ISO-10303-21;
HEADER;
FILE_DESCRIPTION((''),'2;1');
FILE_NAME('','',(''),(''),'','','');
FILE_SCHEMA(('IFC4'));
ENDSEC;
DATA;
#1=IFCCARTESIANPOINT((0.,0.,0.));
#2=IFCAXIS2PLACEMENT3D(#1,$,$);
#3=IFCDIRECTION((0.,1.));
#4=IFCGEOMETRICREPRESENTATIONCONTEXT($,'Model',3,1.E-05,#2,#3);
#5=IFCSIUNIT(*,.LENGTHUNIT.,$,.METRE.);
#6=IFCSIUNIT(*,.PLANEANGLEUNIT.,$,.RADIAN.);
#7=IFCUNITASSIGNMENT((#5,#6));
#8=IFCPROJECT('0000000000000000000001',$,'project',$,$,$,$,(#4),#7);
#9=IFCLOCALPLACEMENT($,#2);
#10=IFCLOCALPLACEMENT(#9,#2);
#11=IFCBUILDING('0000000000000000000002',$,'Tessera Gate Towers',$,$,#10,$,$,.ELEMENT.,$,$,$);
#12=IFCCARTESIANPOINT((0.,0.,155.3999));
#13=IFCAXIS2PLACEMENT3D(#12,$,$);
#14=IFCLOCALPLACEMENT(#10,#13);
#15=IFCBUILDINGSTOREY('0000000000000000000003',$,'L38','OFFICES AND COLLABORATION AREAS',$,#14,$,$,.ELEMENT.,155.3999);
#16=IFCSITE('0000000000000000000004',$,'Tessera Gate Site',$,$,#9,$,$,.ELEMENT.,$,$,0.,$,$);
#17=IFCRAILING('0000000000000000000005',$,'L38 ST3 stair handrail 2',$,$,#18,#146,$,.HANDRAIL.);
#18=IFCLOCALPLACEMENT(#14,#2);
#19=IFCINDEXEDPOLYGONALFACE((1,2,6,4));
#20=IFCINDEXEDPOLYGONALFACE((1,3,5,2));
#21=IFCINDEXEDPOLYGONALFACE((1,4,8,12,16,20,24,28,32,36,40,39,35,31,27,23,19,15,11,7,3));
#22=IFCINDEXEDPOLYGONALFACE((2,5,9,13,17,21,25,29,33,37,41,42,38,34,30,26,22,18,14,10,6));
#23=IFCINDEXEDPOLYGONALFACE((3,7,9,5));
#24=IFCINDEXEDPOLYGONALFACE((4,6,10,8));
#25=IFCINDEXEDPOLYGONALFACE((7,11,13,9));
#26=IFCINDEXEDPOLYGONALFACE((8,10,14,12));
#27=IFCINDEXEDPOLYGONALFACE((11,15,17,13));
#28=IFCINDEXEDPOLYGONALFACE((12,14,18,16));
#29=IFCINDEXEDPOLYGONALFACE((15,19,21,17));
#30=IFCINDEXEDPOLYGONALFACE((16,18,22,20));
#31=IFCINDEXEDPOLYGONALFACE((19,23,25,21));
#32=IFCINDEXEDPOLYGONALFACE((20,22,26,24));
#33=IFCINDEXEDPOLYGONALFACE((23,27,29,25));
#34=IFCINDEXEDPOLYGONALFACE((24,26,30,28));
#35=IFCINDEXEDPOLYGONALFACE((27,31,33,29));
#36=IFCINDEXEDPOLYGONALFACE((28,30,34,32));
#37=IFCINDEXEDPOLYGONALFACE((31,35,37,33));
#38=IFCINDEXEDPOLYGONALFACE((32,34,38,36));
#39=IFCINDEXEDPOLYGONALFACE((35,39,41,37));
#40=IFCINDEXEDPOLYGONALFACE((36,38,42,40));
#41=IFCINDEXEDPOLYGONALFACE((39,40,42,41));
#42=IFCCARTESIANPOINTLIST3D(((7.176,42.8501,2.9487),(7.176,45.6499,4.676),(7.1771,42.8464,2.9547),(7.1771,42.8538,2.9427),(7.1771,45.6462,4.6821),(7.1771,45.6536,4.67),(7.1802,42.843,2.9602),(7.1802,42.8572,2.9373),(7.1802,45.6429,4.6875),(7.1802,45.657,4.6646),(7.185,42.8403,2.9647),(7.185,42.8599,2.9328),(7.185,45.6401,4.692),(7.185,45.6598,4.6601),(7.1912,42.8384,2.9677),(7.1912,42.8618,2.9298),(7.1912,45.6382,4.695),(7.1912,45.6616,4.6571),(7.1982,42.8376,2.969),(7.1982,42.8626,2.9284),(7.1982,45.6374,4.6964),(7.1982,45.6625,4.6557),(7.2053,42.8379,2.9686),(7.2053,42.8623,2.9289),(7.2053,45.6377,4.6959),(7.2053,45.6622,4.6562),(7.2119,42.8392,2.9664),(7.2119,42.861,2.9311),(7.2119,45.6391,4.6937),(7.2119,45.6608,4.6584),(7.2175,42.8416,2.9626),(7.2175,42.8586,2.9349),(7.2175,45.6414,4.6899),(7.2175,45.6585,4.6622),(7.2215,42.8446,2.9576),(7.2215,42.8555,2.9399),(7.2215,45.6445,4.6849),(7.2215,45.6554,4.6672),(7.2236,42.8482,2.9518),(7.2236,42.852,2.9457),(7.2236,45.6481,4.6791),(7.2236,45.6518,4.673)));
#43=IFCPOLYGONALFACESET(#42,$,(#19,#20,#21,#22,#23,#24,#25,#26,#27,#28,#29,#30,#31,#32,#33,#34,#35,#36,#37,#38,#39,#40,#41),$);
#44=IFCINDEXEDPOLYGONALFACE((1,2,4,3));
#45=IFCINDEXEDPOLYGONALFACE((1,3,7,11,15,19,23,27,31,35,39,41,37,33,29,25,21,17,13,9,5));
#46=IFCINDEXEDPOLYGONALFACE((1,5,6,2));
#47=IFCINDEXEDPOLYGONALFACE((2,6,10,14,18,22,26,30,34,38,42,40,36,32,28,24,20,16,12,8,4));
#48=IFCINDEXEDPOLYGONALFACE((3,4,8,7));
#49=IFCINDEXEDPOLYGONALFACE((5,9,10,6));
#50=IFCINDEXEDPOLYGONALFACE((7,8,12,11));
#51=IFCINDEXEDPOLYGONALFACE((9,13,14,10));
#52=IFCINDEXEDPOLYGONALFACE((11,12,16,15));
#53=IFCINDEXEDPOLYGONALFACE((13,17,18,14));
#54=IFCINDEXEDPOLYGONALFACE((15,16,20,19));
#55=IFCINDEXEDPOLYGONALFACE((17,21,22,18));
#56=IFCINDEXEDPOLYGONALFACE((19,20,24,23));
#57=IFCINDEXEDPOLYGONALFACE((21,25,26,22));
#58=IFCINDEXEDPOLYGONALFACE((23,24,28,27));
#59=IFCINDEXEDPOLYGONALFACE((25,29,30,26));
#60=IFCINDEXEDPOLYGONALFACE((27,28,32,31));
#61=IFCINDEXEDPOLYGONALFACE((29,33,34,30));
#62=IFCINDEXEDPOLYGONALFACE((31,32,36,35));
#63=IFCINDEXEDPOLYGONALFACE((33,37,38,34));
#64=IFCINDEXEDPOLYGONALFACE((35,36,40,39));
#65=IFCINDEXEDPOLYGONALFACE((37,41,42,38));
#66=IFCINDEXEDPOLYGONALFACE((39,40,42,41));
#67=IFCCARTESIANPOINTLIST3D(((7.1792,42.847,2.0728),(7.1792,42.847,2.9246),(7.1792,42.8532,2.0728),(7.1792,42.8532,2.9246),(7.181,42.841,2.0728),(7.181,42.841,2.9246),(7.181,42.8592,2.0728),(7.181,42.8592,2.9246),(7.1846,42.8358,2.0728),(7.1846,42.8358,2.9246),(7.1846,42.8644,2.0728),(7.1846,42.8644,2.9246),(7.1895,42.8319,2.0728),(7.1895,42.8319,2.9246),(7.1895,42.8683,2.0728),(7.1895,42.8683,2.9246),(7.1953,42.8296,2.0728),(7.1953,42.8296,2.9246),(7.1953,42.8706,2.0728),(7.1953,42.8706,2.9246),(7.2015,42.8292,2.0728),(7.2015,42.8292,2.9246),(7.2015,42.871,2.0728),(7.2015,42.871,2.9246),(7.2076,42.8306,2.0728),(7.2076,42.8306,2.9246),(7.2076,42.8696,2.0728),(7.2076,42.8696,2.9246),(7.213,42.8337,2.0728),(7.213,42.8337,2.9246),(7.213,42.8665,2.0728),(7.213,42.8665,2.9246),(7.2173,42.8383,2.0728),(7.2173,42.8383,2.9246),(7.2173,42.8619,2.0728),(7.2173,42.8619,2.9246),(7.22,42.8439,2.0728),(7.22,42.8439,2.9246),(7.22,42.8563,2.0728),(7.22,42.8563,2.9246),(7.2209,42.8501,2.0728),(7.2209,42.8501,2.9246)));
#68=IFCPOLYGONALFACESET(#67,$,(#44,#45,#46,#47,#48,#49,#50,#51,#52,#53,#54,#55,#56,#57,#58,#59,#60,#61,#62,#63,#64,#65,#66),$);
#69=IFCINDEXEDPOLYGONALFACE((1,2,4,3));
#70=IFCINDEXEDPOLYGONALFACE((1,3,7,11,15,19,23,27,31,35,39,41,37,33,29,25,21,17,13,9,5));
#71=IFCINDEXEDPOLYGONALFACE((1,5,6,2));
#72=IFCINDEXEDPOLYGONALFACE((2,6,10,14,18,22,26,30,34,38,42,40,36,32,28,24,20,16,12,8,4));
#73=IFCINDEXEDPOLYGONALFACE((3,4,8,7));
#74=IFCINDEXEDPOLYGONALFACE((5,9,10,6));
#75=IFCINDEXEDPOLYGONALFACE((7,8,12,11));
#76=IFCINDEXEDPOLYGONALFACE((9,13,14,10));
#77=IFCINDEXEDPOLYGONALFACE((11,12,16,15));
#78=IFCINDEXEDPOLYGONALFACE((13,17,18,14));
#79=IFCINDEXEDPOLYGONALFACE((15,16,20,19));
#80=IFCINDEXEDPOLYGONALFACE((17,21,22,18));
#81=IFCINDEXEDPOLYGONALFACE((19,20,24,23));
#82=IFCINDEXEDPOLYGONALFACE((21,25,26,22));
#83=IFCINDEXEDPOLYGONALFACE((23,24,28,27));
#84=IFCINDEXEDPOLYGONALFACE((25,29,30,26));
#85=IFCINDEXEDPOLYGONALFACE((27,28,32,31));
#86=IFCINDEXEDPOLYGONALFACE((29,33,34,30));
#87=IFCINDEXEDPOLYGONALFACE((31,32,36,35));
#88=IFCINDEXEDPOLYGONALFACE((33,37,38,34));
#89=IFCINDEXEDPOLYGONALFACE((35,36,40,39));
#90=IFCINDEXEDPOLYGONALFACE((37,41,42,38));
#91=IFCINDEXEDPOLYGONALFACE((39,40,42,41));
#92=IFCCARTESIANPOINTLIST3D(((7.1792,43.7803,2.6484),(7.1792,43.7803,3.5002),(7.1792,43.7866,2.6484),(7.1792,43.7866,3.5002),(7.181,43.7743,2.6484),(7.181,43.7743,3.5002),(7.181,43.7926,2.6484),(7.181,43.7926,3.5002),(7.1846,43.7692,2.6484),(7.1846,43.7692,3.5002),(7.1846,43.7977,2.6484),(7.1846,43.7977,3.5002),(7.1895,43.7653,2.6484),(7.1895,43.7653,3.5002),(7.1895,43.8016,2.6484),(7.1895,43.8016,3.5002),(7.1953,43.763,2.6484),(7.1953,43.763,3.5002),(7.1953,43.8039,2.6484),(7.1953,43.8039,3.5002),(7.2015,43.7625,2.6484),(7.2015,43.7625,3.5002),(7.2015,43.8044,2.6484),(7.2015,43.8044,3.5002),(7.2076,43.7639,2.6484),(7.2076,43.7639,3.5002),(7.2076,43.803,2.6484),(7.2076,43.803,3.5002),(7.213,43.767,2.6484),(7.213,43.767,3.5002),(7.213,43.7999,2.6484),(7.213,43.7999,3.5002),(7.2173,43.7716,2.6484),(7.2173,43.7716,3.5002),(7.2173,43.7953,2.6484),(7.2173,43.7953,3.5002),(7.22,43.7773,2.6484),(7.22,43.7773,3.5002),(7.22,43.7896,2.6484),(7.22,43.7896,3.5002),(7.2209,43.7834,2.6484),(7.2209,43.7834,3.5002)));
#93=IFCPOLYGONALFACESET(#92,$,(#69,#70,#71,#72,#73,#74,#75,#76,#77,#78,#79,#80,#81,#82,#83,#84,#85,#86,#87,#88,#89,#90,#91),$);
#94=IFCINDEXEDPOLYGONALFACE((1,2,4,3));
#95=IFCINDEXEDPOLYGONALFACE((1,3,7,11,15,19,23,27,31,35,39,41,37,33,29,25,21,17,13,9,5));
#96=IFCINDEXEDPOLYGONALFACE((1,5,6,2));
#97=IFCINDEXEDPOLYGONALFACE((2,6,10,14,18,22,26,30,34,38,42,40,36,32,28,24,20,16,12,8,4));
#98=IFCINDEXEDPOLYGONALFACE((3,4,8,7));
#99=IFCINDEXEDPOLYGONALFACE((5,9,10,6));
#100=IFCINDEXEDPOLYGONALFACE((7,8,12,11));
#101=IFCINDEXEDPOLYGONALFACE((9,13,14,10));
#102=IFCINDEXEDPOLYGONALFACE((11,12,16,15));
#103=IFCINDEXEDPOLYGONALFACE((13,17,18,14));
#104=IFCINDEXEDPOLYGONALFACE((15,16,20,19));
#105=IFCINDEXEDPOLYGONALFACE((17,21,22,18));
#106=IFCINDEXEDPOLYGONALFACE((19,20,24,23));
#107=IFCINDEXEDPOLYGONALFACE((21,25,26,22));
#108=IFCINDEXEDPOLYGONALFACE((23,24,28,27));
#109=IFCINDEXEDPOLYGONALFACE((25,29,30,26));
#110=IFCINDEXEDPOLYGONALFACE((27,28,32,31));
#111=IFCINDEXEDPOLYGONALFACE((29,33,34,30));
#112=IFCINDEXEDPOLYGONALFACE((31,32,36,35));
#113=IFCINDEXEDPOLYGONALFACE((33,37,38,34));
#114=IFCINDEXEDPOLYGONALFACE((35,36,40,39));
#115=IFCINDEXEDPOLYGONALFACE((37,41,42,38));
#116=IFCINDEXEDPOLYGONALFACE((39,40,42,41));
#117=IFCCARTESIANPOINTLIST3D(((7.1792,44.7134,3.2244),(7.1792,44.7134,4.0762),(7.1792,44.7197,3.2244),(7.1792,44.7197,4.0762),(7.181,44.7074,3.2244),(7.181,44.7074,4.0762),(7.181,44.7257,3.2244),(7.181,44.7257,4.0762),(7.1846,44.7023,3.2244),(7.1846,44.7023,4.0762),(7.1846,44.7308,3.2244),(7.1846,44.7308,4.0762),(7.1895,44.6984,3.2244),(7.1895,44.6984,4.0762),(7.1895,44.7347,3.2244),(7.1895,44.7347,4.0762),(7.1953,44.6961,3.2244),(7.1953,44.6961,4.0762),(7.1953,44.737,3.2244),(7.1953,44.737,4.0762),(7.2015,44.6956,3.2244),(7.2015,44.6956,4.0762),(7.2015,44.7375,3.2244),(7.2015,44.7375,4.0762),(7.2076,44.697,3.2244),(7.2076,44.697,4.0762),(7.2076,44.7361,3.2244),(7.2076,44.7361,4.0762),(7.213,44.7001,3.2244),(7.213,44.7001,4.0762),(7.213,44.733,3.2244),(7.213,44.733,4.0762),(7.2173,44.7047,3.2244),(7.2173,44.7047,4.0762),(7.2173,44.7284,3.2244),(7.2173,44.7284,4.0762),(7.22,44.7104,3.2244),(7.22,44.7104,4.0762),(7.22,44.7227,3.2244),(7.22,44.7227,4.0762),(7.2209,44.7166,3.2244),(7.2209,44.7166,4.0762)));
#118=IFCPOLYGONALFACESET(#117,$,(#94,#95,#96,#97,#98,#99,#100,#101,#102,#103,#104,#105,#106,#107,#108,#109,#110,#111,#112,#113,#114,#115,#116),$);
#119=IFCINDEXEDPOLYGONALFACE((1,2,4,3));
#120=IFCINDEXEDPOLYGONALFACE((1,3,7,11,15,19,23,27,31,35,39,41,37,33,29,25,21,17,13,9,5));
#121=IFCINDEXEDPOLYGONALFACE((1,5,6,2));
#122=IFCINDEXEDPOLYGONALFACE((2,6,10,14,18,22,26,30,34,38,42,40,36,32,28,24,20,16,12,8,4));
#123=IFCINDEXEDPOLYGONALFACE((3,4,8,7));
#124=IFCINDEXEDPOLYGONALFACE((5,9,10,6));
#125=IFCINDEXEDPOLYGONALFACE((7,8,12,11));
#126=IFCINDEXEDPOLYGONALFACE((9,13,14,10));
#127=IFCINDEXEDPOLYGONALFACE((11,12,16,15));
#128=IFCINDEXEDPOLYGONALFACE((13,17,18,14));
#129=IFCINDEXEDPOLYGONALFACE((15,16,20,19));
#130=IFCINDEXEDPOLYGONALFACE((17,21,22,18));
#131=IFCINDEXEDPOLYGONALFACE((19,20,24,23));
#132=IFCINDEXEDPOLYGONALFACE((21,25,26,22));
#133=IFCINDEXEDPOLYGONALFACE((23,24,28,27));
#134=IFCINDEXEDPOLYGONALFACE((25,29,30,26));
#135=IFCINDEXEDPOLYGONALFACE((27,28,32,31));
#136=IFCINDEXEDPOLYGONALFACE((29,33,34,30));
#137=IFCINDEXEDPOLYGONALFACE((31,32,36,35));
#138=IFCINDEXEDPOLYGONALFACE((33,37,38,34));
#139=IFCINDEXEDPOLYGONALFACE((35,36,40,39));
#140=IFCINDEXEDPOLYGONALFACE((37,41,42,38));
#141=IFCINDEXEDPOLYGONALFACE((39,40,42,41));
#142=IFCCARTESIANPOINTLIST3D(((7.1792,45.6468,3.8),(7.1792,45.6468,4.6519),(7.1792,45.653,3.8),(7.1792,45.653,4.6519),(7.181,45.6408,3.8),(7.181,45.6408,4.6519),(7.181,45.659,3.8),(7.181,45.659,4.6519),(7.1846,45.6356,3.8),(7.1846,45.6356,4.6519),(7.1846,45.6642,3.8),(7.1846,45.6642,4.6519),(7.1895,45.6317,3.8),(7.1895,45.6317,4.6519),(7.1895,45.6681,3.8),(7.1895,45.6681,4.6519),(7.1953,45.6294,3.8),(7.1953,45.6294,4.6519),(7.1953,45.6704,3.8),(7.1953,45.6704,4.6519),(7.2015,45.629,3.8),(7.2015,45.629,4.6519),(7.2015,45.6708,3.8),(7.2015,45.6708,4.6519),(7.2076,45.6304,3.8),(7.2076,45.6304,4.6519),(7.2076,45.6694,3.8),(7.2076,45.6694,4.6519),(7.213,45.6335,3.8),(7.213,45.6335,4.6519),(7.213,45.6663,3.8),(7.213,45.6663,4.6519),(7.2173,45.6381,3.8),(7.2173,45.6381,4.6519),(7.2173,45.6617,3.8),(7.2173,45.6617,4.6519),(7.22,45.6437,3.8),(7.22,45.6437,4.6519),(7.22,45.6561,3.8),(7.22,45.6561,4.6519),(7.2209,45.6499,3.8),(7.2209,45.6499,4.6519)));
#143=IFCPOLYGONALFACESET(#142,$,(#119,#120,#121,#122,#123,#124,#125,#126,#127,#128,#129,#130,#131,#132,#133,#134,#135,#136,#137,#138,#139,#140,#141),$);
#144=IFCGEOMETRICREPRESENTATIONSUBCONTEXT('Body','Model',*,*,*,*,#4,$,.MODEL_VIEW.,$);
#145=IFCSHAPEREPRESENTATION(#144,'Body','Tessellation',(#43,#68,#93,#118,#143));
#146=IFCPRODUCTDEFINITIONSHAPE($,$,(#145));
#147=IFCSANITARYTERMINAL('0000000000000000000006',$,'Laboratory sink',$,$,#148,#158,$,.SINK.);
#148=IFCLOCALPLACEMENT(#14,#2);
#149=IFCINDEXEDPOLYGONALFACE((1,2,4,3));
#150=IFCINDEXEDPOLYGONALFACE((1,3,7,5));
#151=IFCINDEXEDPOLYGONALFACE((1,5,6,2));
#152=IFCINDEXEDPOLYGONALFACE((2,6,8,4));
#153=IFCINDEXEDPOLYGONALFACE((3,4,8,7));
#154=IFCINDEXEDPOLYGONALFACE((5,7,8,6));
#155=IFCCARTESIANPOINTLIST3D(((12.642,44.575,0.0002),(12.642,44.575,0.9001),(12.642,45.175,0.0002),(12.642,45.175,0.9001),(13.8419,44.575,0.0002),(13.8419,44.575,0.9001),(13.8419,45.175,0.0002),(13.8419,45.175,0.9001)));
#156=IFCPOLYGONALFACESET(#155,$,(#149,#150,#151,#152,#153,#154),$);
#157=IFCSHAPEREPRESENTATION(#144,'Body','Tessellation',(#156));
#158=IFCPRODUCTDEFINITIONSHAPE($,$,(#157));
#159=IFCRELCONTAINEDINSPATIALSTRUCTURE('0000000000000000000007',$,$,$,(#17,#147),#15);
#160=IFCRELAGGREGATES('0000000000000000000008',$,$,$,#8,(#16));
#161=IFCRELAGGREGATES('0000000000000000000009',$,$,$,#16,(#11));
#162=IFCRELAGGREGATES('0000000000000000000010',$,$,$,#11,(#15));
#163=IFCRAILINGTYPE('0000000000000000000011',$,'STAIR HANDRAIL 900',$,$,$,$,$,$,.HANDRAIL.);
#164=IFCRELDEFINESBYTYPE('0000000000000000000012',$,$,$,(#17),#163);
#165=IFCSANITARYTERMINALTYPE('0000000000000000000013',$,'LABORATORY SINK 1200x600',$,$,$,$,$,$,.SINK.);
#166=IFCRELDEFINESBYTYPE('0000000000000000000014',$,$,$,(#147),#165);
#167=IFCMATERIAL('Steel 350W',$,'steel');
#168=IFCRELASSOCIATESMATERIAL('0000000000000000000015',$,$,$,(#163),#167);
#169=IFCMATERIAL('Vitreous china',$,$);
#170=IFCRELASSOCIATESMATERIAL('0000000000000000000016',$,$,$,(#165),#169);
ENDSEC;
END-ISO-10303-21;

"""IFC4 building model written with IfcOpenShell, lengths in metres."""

from ifc_helpers import new_model, si_unit, direction, frame, origin, origin_2d, place, context, subcontext, project, spatial, rectangle, circle, extrude, material, type_object, element, save


model = new_model("IFC4")

# Units and contexts
model_context = context("Model", 3, precision=1e-05, world=origin(), true_north=direction((0.0, 1.0)))
body_context = subcontext(model_context, "Body", "Model", "MODEL_VIEW")
ifc_project = project(units=[si_unit("LENGTHUNIT", "METRE"), si_unit("PLANEANGLEUNIT", "RADIAN")], contexts=[model_context])

# Site, building, storey
site_placement = place(None, origin())
site = spatial("IfcSite", under=ifc_project, at=site_placement, Name="Tessera Gate Site", CompositionType="ELEMENT", RefElevation=0.0)
building_placement = place(site_placement, origin())
building = spatial("IfcBuilding", under=site, at=building_placement, Name="Tessera Gate Towers", CompositionType="ELEMENT")
storey_placement = place(building_placement, frame((0.0, 0.0, 155.3999)))
storey = spatial("IfcBuildingStorey", under=building, at=storey_placement, Name="L38", Description="OFFICES AND COLLABORATION AREAS", CompositionType="ELEMENT", Elevation=155.3999)

# Railing
ifc_material_1 = material(Name="Steel 350W", Category="steel")
railing_type_1 = type_object("IfcRailingType", Name="STAIR HANDRAIL 900", PredefinedType="HANDRAIL", material=ifc_material_1)
railing_1_placement = place(storey_placement, frame((7.2, 42.8501, 2.0728)))
element("IfcRailing", 1, at=railing_1_placement, inside=storey, type_object=railing_type_1, Name="L38 ST3 stair handrail 2", PredefinedType="HANDRAIL", context=body_context, shape_type="SweptSolid", body=[
    extrude(circle(Radius=0.0239, at=origin_2d()), frame((0.0, 0.0, 0.876), z_axis=(0.0, 0.851069, 0.525054), x_axis=(-1.0, 0.0, 0.0)), (0.0, 0.0, 1.0), 3.2898),
    extrude(circle(Radius=0.021, at=origin_2d()), origin(), (0.0, 0.0, 1.0), 0.8518),
    extrude(circle(Radius=0.021, at=origin_2d()), frame((0.0, 0.9333, 0.5757)), (0.0, 0.0, 1.0), 0.8518),
    extrude(circle(Radius=0.021, at=origin_2d()), frame((0.0, 1.8665, 1.1516)), (0.0, 0.0, 1.0), 0.8518),
    extrude(circle(Radius=0.021, at=origin_2d()), frame((0.0, 2.7998, 1.7273)), (0.0, 0.0, 1.0), 0.8518),
])

# Sanitary terminal
ifc_material_2 = material(Name="Vitreous china")
sanitary_terminal_type = type_object("IfcSanitaryTerminalType", Name="LABORATORY SINK 1200x600", PredefinedType="SINK", material=ifc_material_2)
sanitary_terminal_placement = place(storey_placement, frame((13.2419, 44.875, 0.0002), z_axis=(0.0, 0.0, 1.0), x_axis=(1.0, 0.0, 0.0)))
element("IfcSanitaryTerminal", 2, at=sanitary_terminal_placement, inside=storey, type_object=sanitary_terminal_type, Name="Laboratory sink", PredefinedType="SINK", context=body_context, shape_type="SweptSolid", body=[
    extrude(rectangle(XDim=1.2, YDim=0.6001, at=origin_2d()), origin(), (0.0, 0.0, 1.0), 0.8999),
])

save(model, "model.ifc")
